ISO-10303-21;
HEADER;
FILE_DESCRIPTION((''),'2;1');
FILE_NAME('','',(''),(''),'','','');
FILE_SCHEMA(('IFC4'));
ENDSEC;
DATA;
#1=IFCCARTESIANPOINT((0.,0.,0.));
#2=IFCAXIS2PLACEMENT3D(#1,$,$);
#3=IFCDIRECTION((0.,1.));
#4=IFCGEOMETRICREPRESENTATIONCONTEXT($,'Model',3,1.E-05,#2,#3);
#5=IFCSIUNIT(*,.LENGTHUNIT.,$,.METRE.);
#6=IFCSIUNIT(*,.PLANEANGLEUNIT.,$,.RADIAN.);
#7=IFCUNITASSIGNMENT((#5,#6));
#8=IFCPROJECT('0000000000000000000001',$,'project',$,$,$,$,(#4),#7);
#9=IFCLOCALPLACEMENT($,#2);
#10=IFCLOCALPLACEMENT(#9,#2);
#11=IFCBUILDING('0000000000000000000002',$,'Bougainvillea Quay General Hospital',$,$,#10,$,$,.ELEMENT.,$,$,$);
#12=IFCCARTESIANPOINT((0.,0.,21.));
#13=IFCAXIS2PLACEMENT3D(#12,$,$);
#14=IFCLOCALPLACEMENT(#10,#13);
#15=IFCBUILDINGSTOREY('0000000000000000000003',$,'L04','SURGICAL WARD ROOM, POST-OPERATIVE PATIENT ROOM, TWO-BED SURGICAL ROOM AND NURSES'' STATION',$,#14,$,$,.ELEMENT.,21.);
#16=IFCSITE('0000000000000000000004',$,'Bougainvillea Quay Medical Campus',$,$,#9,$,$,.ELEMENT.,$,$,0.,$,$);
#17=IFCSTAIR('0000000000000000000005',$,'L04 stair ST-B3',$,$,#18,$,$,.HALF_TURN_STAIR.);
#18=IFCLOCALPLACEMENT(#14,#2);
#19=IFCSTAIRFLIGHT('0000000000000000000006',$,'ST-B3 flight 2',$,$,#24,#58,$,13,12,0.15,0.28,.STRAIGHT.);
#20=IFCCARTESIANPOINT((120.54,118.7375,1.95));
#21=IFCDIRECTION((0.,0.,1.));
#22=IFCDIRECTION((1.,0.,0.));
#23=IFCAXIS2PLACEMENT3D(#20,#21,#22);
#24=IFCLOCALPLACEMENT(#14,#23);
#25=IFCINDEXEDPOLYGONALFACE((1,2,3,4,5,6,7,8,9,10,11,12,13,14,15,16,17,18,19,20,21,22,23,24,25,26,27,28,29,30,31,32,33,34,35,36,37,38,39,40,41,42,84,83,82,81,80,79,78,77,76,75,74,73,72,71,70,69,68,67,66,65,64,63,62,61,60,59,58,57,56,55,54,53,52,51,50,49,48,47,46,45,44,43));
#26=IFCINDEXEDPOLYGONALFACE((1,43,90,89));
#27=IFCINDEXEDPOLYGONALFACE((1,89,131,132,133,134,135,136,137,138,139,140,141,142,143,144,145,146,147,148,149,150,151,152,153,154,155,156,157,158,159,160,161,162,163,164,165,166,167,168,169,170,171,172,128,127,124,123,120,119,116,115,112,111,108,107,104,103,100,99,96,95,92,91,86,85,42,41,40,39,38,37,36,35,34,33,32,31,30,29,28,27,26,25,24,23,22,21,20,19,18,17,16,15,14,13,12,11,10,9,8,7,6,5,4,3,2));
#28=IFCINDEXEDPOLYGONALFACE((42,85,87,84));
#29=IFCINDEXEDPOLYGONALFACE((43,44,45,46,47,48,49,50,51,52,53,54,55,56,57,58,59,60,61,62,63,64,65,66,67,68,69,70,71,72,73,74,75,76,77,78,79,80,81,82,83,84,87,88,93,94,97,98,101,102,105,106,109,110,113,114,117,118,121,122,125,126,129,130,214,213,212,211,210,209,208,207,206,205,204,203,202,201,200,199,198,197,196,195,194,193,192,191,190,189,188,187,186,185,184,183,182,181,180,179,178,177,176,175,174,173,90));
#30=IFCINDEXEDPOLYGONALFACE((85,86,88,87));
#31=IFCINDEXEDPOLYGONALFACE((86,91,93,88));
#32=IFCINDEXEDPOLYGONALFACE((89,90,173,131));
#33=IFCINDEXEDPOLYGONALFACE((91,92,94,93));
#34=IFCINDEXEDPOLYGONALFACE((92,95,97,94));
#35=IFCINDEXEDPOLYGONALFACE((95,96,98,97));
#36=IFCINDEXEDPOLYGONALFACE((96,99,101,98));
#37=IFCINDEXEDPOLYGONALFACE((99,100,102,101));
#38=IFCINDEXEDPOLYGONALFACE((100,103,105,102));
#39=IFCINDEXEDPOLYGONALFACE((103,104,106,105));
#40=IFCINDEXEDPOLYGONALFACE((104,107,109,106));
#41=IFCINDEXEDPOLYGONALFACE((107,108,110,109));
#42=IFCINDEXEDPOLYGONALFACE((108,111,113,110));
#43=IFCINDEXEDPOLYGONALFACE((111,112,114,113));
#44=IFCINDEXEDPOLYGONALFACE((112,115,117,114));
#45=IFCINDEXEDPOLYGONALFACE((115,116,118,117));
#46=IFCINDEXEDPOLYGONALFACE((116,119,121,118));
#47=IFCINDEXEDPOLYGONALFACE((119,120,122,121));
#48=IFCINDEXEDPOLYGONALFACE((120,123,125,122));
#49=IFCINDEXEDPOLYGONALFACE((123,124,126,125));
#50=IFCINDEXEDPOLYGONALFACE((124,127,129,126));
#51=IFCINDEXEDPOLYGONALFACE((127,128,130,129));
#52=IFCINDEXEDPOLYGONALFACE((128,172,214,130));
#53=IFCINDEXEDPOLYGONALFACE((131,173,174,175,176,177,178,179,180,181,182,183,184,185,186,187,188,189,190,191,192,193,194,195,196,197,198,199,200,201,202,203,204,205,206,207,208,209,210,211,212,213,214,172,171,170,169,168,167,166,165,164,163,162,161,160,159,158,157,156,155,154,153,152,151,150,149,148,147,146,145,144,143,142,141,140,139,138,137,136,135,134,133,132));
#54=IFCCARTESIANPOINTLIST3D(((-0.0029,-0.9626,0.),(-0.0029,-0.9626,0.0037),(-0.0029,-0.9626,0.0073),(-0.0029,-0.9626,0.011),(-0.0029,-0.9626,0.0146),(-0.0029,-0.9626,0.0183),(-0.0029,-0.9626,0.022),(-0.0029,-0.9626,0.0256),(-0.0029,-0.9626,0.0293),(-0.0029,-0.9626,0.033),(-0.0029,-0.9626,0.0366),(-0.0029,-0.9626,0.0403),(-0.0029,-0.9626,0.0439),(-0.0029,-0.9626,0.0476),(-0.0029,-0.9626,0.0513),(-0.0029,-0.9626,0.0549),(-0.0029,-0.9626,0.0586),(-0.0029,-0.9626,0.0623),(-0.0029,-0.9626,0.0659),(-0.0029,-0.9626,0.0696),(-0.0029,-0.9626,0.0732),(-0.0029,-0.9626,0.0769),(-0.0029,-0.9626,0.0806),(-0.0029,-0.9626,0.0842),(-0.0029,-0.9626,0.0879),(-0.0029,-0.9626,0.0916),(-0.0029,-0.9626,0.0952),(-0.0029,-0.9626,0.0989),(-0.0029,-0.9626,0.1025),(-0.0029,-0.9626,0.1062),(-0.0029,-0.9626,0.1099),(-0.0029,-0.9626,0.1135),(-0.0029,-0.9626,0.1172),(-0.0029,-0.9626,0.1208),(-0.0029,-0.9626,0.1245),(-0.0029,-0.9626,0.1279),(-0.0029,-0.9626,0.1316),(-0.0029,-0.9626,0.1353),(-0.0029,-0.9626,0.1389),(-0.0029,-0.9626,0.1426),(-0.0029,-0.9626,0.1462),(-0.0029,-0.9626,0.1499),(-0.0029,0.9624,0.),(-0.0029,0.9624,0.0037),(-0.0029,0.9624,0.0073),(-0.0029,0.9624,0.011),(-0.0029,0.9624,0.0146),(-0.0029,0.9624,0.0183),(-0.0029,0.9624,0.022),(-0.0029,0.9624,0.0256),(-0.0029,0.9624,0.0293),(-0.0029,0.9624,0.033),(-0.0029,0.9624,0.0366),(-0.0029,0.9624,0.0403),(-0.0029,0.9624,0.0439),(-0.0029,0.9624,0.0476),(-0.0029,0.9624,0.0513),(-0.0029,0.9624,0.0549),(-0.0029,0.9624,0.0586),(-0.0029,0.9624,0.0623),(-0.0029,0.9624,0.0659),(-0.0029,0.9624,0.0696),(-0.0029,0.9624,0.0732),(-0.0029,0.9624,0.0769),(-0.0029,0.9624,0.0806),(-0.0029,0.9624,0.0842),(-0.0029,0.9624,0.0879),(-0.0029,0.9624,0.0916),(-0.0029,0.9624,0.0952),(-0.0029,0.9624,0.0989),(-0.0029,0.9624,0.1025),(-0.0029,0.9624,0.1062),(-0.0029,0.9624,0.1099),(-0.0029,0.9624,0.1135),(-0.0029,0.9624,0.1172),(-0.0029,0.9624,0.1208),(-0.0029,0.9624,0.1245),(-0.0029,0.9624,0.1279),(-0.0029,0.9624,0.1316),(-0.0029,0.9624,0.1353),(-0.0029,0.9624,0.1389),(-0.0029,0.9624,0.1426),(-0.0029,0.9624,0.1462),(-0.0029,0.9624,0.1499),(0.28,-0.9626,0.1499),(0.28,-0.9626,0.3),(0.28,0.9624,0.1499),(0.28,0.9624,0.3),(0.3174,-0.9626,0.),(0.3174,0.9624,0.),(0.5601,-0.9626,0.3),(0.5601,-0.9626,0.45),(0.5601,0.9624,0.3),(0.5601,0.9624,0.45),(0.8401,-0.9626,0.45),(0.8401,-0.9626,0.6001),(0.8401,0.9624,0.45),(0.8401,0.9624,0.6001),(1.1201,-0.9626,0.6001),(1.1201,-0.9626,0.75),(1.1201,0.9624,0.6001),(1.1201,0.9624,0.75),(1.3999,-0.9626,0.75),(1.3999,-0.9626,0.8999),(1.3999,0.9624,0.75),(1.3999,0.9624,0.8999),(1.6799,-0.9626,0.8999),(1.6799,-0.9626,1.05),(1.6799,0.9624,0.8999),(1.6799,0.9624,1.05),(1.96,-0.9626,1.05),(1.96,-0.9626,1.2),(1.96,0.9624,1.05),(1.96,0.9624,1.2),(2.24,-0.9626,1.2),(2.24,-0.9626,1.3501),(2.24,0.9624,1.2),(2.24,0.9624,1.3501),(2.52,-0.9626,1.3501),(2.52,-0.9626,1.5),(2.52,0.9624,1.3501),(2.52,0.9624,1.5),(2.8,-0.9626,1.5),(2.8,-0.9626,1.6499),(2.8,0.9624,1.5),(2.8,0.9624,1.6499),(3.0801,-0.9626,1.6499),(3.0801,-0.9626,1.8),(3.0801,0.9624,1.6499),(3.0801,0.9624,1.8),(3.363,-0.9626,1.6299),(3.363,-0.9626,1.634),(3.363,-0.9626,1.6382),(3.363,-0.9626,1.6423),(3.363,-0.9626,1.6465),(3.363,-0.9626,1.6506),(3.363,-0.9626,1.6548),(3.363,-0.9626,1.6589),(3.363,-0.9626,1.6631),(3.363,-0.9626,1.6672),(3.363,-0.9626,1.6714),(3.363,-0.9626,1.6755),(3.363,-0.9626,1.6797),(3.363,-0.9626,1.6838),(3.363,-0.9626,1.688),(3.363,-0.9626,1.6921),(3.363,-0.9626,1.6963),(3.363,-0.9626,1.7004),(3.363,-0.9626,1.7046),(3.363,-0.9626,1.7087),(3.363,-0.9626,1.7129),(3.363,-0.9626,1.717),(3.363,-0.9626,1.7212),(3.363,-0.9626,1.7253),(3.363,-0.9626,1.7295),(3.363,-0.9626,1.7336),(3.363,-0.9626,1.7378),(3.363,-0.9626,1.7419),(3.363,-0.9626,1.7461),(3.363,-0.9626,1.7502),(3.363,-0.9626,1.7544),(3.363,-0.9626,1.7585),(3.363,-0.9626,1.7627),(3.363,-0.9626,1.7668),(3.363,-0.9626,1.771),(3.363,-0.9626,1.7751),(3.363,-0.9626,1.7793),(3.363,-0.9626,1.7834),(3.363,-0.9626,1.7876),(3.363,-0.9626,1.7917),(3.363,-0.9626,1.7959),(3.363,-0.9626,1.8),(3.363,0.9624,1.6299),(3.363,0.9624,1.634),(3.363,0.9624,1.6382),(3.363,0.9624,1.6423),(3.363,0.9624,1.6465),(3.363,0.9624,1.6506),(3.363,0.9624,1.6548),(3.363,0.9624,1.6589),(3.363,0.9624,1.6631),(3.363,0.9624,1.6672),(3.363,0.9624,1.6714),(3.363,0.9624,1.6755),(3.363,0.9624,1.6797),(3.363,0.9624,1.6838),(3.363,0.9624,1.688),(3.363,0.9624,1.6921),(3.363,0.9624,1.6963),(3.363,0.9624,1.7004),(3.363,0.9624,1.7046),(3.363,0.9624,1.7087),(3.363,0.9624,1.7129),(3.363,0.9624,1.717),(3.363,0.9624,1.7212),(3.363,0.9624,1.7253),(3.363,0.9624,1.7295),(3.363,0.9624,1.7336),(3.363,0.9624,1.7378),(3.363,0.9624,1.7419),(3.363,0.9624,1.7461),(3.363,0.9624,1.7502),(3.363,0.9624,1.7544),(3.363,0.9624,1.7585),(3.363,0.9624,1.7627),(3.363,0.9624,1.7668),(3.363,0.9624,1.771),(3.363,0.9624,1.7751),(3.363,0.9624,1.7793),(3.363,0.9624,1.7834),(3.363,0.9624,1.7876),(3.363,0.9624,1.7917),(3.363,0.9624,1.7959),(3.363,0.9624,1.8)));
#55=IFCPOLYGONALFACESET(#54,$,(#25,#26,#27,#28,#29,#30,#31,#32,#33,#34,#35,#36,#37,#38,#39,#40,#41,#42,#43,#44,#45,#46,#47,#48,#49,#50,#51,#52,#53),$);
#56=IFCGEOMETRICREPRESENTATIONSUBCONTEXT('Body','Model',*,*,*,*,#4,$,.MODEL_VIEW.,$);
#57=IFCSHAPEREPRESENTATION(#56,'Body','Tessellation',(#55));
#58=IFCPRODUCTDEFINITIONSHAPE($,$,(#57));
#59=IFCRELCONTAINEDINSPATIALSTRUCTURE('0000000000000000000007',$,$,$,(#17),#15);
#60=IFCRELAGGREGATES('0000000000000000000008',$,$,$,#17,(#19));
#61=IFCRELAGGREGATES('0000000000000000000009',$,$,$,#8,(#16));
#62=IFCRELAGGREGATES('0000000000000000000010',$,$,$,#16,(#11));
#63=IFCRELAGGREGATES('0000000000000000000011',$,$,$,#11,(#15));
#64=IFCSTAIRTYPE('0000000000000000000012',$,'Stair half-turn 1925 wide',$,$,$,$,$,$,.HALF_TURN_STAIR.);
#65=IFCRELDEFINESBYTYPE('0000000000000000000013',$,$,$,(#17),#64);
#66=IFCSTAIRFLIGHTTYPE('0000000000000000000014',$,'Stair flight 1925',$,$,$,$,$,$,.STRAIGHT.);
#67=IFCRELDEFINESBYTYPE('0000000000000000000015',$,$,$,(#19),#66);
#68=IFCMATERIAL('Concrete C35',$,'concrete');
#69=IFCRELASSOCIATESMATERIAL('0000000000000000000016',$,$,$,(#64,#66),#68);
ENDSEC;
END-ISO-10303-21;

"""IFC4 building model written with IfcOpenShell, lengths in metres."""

from ifc_helpers import new_model, si_unit, direction, frame, origin, place, context, subcontext, project, spatial, polyline, outline, extrude, material, type_object, element, aggregate, save


model = new_model("IFC4")

# Units and contexts
model_context = context("Model", 3, precision=1e-05, world=origin(), true_north=direction((0.0, 1.0)))
body_context = subcontext(model_context, "Body", "Model", "MODEL_VIEW")
ifc_project = project(units=[si_unit("LENGTHUNIT", "METRE"), si_unit("PLANEANGLEUNIT", "RADIAN")], contexts=[model_context])

# Site, building, storey
site_placement = place(None, origin())
site = spatial("IfcSite", under=ifc_project, at=site_placement, Name="Bougainvillea Quay Medical Campus", CompositionType="ELEMENT", RefElevation=0.0)
building_placement = place(site_placement, origin())
building = spatial("IfcBuilding", under=site, at=building_placement, Name="Bougainvillea Quay General Hospital", CompositionType="ELEMENT")
storey_placement = place(building_placement, frame((0.0, 0.0, 21.0)))
storey = spatial("IfcBuildingStorey", under=building, at=storey_placement, Name="L04", Description="SURGICAL WARD ROOM, POST-OPERATIVE PATIENT ROOM, TWO-BED SURGICAL ROOM AND NURSES' STATION", CompositionType="ELEMENT", Elevation=21.0)

# Stair, stair flight
ifc_material_1 = material(Name="Concrete C35", Category="concrete")
stair_type = type_object("IfcStairType", Name="Stair half-turn 1925 wide", PredefinedType="HALF_TURN_STAIR", material=ifc_material_1)
stair_placement = place(storey_placement, origin())
stair = element("IfcStair", 1, at=stair_placement, inside=storey, type_object=stair_type, Name="L04 stair ST-B3", PredefinedType="HALF_TURN_STAIR")
stair_flight_type = type_object("IfcStairFlightType", Name="Stair flight 1925", PredefinedType="STRAIGHT", material=ifc_material_1)
stair_flight_1_placement = place(storey_placement, frame((120.54, 118.7375, 1.95), z_axis=(0.0, 0.0, 1.0), x_axis=(1.0, 0.0, 0.0)))
stair_flight_1 = element("IfcStairFlight", 2, at=stair_flight_1_placement, type_object=stair_flight_type, Name="ST-B3 flight 2", NumberOfRisers=13, NumberOfTreads=12, PredefinedType="STRAIGHT", RiserHeight=0.15, TreadLength=0.28, context=body_context, shape_type="SweptSolid", body=[
    extrude(outline(polyline([(-0.0029, 0.0), (-0.0029, 0.0037), (-0.0029, 0.0073), (-0.0029, 0.011), (-0.0029, 0.0146), (-0.0029, 0.0183), (-0.0029, 0.022), (-0.0029, 0.0256), (-0.0029, 0.0293), (-0.0029, 0.033), (-0.0029, 0.0366), (-0.0029, 0.0403), (-0.0029, 0.0439), (-0.0029, 0.0476), (-0.0029, 0.0513), (-0.0029, 0.0549), (-0.0029, 0.0586), (-0.0029, 0.0623), (-0.0029, 0.0659), (-0.0029, 0.0696), (-0.0029, 0.0732), (-0.0029, 0.0769), (-0.0029, 0.0806), (-0.0029, 0.0842), (-0.0029, 0.0879), (-0.0029, 0.0916), (-0.0029, 0.0952), (-0.0029, 0.0989), (-0.0029, 0.1025), (-0.0029, 0.1062), (-0.0029, 0.1099), (-0.0029, 0.1135), (-0.0029, 0.1172), (-0.0029, 0.1208), (-0.0029, 0.1245), (-0.0029, 0.1279), (-0.0029, 0.1316), (-0.0029, 0.1353), (-0.0029, 0.1389), (-0.0029, 0.1426), (-0.0029, 0.1462), (-0.0029, 0.1499), (0.28, 0.1499), (0.28, 0.3), (0.5601, 0.3), (0.5601, 0.45), (0.8401, 0.45), (0.8401, 0.6001), (1.1201, 0.6001), (1.1201, 0.75), (1.3999, 0.75), (1.3999, 0.8999), (1.6799, 0.8999), (1.6799, 1.05), (1.96, 1.05), (1.96, 1.2), (2.24, 1.2), (2.24, 1.3501), (2.52, 1.3501), (2.52, 1.5), (2.8, 1.5), (2.8, 1.6499), (3.0801, 1.6499), (3.0801, 1.8), (3.363, 1.8), (3.363, 1.7959), (3.363, 1.7917), (3.363, 1.7876), (3.363, 1.7834), (3.363, 1.7793), (3.363, 1.7751), (3.363, 1.771), (3.363, 1.7668), (3.363, 1.7627), (3.363, 1.7585), (3.363, 1.7544), (3.363, 1.7502), (3.363, 1.7461), (3.363, 1.7419), (3.363, 1.7378), (3.363, 1.7336), (3.363, 1.7295), (3.363, 1.7253), (3.363, 1.7212), (3.363, 1.717), (3.363, 1.7129), (3.363, 1.7087), (3.363, 1.7046), (3.363, 1.7004), (3.363, 1.6963), (3.363, 1.6921), (3.363, 1.688), (3.363, 1.6838), (3.363, 1.6797), (3.363, 1.6755), (3.363, 1.6714), (3.363, 1.6672), (3.363, 1.6631), (3.363, 1.6589), (3.363, 1.6548), (3.363, 1.6506), (3.363, 1.6465), (3.363, 1.6423), (3.363, 1.6382), (3.363, 1.634), (3.363, 1.6299), (0.3174, 0.0), (-0.0029, 0.0)])), frame((0.0, 0.9624, 0.0), z_axis=(0.0, -1.0, 0.0), x_axis=(1.0, 0.0, 0.0)), (0.0, 0.0, 1.0), 1.925),
])
aggregate(stair, [stair_flight_1])

save(model, "model.ifc")
